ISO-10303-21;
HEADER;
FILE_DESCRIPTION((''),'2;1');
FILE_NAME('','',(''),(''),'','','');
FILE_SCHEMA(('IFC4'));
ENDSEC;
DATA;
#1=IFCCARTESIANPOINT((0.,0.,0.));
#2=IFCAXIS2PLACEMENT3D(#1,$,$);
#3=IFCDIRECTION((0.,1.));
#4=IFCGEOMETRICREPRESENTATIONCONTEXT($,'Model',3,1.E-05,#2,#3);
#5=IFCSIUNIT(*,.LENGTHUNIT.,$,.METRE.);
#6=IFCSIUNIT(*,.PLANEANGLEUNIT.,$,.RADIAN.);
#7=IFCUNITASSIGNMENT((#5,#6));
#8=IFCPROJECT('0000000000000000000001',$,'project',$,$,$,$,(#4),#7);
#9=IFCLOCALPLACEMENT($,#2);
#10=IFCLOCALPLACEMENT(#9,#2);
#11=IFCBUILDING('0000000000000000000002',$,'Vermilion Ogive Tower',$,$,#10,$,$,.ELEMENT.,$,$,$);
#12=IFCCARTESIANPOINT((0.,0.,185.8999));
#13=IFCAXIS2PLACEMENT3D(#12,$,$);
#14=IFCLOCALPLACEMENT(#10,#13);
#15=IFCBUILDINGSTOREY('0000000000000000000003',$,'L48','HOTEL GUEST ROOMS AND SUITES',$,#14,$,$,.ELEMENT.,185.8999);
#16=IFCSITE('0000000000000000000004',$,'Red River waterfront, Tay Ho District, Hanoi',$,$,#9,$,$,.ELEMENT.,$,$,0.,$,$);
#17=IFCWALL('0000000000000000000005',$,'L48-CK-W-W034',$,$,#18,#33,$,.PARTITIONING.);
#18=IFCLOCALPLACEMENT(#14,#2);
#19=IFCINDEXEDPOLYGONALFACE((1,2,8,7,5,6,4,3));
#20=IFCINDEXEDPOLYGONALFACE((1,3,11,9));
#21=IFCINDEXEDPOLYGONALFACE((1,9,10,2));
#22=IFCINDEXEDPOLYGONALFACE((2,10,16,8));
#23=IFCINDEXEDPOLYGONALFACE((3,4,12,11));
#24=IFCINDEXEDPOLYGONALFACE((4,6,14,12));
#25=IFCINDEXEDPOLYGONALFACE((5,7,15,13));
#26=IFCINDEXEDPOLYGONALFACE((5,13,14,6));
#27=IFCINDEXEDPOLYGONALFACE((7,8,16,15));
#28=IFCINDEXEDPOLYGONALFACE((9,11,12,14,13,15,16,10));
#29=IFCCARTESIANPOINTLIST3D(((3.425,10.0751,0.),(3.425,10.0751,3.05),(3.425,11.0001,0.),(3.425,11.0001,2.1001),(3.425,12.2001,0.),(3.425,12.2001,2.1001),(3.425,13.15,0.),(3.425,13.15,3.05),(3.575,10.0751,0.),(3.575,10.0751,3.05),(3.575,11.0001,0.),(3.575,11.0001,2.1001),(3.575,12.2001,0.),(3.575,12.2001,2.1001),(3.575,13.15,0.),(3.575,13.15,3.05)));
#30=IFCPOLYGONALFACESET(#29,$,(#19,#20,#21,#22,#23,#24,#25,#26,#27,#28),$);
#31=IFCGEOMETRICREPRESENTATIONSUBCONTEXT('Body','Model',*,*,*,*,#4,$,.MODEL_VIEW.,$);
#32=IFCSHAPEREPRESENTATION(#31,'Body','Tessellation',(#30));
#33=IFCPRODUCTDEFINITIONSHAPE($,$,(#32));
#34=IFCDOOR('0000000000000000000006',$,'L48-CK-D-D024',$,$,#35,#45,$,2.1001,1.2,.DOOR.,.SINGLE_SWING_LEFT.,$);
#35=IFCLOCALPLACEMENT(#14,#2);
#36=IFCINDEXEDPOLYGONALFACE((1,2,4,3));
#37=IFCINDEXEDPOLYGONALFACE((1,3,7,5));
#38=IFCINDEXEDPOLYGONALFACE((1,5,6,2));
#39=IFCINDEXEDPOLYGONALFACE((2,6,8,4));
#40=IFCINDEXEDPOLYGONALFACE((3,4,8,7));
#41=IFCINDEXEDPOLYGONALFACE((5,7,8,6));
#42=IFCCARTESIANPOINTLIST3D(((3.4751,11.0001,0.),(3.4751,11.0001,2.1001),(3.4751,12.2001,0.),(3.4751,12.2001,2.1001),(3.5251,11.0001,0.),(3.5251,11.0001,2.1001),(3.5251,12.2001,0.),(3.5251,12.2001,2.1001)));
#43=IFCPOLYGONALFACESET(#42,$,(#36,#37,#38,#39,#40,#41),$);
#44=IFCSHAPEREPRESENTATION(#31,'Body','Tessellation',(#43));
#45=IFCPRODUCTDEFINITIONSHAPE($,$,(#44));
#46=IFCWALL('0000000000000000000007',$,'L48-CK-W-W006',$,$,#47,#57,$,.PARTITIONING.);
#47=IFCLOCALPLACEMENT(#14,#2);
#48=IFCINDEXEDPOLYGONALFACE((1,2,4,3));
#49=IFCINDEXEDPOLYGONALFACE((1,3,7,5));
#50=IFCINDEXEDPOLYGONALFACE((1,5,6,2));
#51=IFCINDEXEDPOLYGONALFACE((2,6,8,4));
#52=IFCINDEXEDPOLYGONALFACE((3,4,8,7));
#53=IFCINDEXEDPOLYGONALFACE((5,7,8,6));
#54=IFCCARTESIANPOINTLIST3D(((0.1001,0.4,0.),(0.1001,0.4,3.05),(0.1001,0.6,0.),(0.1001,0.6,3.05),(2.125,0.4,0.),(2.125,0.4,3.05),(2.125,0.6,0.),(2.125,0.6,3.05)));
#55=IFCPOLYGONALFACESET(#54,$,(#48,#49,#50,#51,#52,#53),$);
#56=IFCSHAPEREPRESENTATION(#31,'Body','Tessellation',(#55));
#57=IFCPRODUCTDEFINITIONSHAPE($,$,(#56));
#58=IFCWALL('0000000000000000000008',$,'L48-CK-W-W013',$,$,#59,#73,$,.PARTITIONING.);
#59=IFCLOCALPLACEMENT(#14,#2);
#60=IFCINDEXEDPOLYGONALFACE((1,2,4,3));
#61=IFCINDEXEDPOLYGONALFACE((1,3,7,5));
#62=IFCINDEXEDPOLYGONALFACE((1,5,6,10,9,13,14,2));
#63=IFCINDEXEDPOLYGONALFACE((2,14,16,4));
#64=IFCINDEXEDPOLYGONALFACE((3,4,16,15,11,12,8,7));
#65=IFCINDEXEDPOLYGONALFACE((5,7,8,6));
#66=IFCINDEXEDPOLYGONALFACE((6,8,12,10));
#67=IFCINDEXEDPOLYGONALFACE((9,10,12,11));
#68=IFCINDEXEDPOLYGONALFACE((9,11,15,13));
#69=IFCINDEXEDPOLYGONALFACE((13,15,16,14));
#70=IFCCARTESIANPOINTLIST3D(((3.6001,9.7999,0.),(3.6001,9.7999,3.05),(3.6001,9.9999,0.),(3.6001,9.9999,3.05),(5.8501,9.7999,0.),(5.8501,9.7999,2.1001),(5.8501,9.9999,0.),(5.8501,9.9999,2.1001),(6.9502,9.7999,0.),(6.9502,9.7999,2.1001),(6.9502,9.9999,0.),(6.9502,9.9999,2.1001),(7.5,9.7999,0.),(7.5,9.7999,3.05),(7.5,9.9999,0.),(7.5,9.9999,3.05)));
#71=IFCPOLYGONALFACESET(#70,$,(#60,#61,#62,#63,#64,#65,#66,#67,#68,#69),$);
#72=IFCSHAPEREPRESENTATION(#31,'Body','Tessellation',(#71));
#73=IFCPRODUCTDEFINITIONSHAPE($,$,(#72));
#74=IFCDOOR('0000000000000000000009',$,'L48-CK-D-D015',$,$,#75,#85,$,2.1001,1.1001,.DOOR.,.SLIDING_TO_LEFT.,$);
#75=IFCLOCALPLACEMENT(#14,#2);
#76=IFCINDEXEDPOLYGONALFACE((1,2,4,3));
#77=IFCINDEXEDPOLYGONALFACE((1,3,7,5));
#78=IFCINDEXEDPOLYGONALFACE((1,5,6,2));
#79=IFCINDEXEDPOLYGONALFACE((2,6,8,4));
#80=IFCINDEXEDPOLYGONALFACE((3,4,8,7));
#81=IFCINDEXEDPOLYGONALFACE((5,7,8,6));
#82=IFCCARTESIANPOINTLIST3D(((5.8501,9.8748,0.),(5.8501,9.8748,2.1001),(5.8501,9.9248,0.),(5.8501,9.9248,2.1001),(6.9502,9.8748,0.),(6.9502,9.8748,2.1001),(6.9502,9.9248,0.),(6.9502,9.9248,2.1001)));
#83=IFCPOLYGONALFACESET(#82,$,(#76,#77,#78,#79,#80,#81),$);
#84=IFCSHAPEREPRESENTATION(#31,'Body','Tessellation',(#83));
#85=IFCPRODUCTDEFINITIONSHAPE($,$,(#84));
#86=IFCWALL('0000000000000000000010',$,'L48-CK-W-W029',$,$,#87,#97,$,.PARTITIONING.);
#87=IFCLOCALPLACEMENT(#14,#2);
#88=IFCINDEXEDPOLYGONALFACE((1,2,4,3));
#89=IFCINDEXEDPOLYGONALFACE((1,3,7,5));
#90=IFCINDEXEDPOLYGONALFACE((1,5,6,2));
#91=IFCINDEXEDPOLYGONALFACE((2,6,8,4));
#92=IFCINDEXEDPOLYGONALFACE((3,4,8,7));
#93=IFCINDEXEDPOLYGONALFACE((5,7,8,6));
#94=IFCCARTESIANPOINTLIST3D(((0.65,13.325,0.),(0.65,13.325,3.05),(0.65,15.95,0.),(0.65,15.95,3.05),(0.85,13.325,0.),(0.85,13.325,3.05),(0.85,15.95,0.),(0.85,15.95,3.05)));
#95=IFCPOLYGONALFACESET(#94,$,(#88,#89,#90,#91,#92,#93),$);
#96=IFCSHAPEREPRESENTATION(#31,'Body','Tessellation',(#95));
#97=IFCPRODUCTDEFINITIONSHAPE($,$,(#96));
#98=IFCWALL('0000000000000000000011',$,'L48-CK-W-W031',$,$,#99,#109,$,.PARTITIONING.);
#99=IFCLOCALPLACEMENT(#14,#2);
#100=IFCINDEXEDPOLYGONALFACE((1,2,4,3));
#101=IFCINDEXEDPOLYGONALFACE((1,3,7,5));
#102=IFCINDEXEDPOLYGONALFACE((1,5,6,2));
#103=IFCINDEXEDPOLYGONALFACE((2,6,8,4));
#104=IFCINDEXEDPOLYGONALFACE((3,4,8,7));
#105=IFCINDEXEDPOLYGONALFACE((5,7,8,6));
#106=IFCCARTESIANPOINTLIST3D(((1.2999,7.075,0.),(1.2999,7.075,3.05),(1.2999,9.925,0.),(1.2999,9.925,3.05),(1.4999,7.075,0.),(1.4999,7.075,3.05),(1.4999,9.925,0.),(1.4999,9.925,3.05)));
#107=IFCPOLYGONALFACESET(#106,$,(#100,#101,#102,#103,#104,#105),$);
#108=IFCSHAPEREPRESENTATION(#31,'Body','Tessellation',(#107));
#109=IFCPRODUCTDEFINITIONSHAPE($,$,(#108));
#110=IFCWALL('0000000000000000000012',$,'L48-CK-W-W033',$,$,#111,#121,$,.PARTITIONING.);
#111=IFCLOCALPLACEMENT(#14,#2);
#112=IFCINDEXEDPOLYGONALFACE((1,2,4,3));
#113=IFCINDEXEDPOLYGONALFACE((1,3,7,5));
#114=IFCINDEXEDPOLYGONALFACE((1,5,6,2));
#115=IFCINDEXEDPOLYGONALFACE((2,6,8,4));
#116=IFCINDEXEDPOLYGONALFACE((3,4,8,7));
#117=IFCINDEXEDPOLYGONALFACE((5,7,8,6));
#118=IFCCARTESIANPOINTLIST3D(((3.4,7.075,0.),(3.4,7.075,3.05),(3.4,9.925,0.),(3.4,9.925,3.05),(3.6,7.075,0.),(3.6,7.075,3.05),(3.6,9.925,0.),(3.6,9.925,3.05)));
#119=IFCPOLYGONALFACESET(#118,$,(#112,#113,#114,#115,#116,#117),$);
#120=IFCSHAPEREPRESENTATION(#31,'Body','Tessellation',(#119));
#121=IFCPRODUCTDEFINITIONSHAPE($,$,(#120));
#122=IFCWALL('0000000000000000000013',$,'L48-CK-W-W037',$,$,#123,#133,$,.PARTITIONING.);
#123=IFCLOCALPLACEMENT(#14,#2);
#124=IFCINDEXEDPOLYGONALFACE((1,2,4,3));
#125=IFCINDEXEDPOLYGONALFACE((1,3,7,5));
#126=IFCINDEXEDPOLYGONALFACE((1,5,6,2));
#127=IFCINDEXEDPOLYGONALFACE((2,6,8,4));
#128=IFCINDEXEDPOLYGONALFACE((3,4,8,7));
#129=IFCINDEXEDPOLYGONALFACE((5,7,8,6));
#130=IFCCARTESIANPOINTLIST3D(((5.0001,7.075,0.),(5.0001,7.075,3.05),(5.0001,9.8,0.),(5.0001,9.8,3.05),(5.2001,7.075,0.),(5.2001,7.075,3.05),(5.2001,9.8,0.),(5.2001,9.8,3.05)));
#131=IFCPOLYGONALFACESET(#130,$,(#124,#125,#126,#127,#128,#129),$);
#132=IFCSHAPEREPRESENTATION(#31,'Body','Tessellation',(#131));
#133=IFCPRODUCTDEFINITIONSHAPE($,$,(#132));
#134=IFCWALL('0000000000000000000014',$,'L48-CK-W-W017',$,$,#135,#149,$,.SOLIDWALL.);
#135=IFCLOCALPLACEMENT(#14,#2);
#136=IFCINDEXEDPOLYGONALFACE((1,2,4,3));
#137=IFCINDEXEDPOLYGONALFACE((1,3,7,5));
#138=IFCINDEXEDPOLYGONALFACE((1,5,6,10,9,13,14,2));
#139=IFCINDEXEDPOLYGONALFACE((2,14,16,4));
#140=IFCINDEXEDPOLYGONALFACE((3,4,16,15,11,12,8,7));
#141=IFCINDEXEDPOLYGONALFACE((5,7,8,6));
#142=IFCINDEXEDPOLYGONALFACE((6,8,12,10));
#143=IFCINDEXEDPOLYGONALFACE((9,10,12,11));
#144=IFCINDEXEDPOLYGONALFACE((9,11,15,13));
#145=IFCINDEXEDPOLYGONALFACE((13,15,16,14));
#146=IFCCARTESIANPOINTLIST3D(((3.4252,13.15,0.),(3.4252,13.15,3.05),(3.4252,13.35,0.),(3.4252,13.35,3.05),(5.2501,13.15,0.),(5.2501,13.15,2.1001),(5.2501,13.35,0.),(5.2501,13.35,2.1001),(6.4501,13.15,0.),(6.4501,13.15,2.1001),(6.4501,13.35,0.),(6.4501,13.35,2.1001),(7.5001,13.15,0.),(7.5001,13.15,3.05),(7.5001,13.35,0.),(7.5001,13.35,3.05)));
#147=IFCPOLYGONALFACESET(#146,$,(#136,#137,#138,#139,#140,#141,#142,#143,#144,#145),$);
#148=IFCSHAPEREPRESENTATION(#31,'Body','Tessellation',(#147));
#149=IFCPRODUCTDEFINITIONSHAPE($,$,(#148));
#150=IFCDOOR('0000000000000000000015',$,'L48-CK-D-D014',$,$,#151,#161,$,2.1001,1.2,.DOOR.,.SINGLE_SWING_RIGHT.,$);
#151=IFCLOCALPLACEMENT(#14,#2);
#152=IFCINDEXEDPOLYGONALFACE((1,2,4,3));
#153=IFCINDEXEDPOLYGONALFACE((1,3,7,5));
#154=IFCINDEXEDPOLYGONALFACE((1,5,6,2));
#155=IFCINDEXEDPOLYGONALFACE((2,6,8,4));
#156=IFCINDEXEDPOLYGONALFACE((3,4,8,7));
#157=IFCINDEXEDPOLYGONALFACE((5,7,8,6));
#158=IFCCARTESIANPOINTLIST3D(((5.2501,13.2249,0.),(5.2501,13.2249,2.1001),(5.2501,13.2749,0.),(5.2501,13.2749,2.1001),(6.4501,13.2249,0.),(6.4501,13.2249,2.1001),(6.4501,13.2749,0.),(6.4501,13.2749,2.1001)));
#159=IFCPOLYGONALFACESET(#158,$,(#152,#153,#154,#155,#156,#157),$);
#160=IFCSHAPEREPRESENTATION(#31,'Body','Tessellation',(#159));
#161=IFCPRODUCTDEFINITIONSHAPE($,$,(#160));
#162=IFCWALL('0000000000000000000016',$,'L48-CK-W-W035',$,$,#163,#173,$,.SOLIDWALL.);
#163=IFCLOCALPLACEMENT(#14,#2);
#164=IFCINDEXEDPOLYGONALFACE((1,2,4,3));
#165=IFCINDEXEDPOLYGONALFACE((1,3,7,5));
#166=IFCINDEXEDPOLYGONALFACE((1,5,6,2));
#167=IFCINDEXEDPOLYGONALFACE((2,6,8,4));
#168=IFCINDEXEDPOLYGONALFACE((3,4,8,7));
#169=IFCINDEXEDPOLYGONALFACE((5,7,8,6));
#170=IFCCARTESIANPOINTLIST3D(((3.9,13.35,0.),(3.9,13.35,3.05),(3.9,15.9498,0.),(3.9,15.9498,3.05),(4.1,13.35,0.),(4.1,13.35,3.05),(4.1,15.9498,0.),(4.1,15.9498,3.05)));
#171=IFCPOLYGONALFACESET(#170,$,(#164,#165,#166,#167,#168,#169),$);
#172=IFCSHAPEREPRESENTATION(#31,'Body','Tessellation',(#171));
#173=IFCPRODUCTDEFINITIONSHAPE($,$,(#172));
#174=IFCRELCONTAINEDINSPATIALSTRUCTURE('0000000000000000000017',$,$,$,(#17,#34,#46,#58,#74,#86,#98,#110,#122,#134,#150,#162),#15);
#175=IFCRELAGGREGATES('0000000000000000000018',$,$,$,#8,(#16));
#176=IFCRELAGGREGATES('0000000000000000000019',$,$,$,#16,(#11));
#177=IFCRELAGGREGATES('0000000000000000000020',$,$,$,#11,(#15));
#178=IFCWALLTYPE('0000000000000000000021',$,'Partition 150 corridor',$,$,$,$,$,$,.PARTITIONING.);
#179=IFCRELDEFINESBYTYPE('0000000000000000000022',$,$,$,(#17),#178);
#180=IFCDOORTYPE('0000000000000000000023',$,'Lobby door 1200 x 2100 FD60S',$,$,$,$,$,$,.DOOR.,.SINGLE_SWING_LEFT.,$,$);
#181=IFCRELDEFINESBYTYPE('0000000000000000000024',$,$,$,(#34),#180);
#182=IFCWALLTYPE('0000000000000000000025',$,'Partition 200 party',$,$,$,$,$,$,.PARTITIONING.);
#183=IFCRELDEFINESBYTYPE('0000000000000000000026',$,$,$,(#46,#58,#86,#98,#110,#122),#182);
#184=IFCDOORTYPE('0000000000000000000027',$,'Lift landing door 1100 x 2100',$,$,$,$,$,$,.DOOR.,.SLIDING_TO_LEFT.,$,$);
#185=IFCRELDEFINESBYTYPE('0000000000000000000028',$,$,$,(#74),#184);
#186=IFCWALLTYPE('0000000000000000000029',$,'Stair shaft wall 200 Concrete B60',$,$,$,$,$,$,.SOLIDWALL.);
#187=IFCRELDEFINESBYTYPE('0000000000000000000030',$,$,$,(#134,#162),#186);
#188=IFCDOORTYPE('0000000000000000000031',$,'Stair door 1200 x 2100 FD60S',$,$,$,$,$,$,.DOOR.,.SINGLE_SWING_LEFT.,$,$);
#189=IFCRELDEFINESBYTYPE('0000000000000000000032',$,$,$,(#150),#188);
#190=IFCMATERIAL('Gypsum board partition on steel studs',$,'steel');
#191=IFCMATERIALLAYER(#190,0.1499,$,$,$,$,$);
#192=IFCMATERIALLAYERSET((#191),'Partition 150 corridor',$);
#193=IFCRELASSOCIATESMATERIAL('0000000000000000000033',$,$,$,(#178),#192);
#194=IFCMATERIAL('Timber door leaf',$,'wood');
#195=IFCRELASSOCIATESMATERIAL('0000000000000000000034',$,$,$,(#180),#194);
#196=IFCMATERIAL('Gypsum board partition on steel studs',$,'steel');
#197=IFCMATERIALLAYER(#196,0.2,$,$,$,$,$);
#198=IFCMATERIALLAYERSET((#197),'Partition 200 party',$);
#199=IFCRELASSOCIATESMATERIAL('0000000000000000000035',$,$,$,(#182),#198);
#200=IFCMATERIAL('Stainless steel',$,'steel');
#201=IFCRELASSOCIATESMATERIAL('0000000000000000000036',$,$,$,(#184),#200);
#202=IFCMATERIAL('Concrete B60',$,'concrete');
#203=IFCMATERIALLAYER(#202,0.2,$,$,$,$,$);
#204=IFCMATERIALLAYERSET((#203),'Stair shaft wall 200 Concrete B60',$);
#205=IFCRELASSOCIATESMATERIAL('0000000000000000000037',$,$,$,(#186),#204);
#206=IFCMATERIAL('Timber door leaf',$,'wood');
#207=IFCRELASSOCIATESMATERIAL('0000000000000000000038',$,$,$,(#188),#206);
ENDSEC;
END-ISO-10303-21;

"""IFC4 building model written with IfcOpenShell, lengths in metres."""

from ifc_helpers import new_model, si_unit, direction, frame, frame_2d, origin, place, context, subcontext, project, spatial, rectangle, extrude, material, layer, layer_set, type_object, element, fill, save


model = new_model("IFC4")

# Units and contexts
model_context = context("Model", 3, precision=1e-05, world=origin(), true_north=direction((0.0, 1.0)))
body_context = subcontext(model_context, "Body", "Model", "MODEL_VIEW")
ifc_project = project(units=[si_unit("LENGTHUNIT", "METRE"), si_unit("PLANEANGLEUNIT", "RADIAN")], contexts=[model_context])

# Site, building, storey
site_placement = place(None, origin())
site = spatial("IfcSite", under=ifc_project, at=site_placement, Name="Red River waterfront, Tay Ho District, Hanoi", CompositionType="ELEMENT", RefElevation=0.0)
building_placement = place(site_placement, origin())
building = spatial("IfcBuilding", under=site, at=building_placement, Name="Vermilion Ogive Tower", CompositionType="ELEMENT")
storey_placement = place(building_placement, frame((0.0, 0.0, 185.8999)))
storey = spatial("IfcBuildingStorey", under=building, at=storey_placement, Name="L48", Description="HOTEL GUEST ROOMS AND SUITES", CompositionType="ELEMENT", Elevation=185.8999)

# Shared definitions
ifc_material_1 = material(Name="Gypsum board partition on steel studs", Category="steel")
ifc_layer_1 = layer(ifc_material_1, 0.1499)
ifc_layer_set_1 = layer_set([ifc_layer_1], Name="Partition 150 corridor")
wall_type_1 = type_object("IfcWallType", Name="Partition 150 corridor", PredefinedType="PARTITIONING", material=ifc_layer_set_1)

# Wall, opening, door
wall_1_placement = place(storey_placement, frame((3.5, 10.075, 0.0), z_axis=(0.0, 0.0, 1.0), x_axis=(0.0, 1.0, 0.0)))
wall_1 = element("IfcWall", 1, at=wall_1_placement, inside=storey, type_object=wall_type_1, Name="L48-CK-W-W034", PredefinedType="PARTITIONING", context=body_context, shape_type="SweptSolid", body=[
    extrude(rectangle(XDim=3.075, YDim=0.1499, at=frame_2d((1.5376, 0.0))), origin(), (0.0, 0.0, 1.0), 3.05),
])
opening_1_placement = place(wall_1_placement, frame((0.925, 0.0, 0.0)))
opening_1 = element("IfcOpeningElement", 2, at=opening_1_placement, cuts=wall_1, PredefinedType="OPENING", context=body_context, shape_type="SweptSolid", body=[
    extrude(rectangle(XDim=1.2, YDim=2.1001, at=frame_2d((0.6001, 1.05))), frame((0.0, 0.085, 0.0), z_axis=(0.0, -1.0, 0.0), x_axis=(1.0, 0.0, 0.0)), (0.0, 0.0, 1.0), 0.1699),
])
ifc_material_2 = material(Name="Timber door leaf", Category="wood")
door_type_1 = type_object("IfcDoorType", Name="Lobby door 1200 x 2100 FD60S", OperationType="SINGLE_SWING_LEFT", PredefinedType="DOOR", material=ifc_material_2)
door_1_placement = place(opening_1_placement, origin())
door_1 = element("IfcDoor", 3, at=door_1_placement, inside=storey, type_object=door_type_1, Name="L48-CK-D-D024", OperationType="SINGLE_SWING_LEFT", OverallHeight=2.1001, OverallWidth=1.2, PredefinedType="DOOR", context=body_context, shape_type="SweptSolid", body=[
    extrude(rectangle(XDim=1.2, YDim=2.1001, at=frame_2d((0.6001, 1.05))), frame((0.0, 0.0249, 0.0), z_axis=(0.0, -1.0, 0.0), x_axis=(1.0, 0.0, 0.0)), (0.0, 0.0, 1.0), 0.05),
])
fill(opening_1, door_1)

# Wall
ifc_material_3 = material(Name="Gypsum board partition on steel studs", Category="steel")
ifc_layer_2 = layer(ifc_material_3, 0.2)
ifc_layer_set_2 = layer_set([ifc_layer_2], Name="Partition 200 party")
wall_type_2 = type_object("IfcWallType", Name="Partition 200 party", PredefinedType="PARTITIONING", material=ifc_layer_set_2)
wall_2_placement = place(storey_placement, frame((0.1001, 0.5, 0.0), z_axis=(0.0, 0.0, 1.0), x_axis=(1.0, 0.0, 0.0)))
element("IfcWall", 4, at=wall_2_placement, inside=storey, type_object=wall_type_2, Name="L48-CK-W-W006", PredefinedType="PARTITIONING", context=body_context, shape_type="SweptSolid", body=[
    extrude(rectangle(XDim=2.0249, YDim=0.2, at=frame_2d((1.0125, 0.0))), origin(), (0.0, 0.0, 1.0), 3.05),
])

# Wall, opening, door
wall_3_placement = place(storey_placement, frame((3.6001, 9.8999, 0.0), z_axis=(0.0, 0.0, 1.0), x_axis=(1.0, 0.0, 0.0)))
wall_3 = element("IfcWall", 5, at=wall_3_placement, inside=storey, type_object=wall_type_2, Name="L48-CK-W-W013", PredefinedType="PARTITIONING", context=body_context, shape_type="SweptSolid", body=[
    extrude(rectangle(XDim=3.8999, YDim=0.2, at=frame_2d((1.95, 0.0))), origin(), (0.0, 0.0, 1.0), 3.05),
])
opening_2_placement = place(wall_3_placement, frame((2.25, 0.0, 0.0)))
opening_2 = element("IfcOpeningElement", 6, at=opening_2_placement, cuts=wall_3, PredefinedType="OPENING", context=body_context, shape_type="SweptSolid", body=[
    extrude(rectangle(XDim=1.1001, YDim=2.1001, at=frame_2d((0.55, 1.05))), frame((0.0, 0.1099, 0.0), z_axis=(0.0, -1.0, 0.0), x_axis=(1.0, 0.0, 0.0)), (0.0, 0.0, 1.0), 0.22),
])
ifc_material_4 = material(Name="Stainless steel", Category="steel")
door_type_2 = type_object("IfcDoorType", Name="Lift landing door 1100 x 2100", OperationType="SLIDING_TO_LEFT", PredefinedType="DOOR", material=ifc_material_4)
door_2_placement = place(opening_2_placement, origin())
door_2 = element("IfcDoor", 7, at=door_2_placement, inside=storey, type_object=door_type_2, Name="L48-CK-D-D015", OperationType="SLIDING_TO_LEFT", OverallHeight=2.1001, OverallWidth=1.1001, PredefinedType="DOOR", context=body_context, shape_type="SweptSolid", body=[
    extrude(rectangle(XDim=1.1001, YDim=2.1001, at=frame_2d((0.55, 1.05))), frame((0.0, 0.0249, 0.0), z_axis=(0.0, -1.0, 0.0), x_axis=(1.0, 0.0, 0.0)), (0.0, 0.0, 1.0), 0.05),
])
fill(opening_2, door_2)

# Walls
wall_4_placement = place(storey_placement, frame((0.75, 13.325, 0.0), z_axis=(0.0, 0.0, 1.0), x_axis=(0.0, 1.0, 0.0)))
element("IfcWall", 8, at=wall_4_placement, inside=storey, type_object=wall_type_2, Name="L48-CK-W-W029", PredefinedType="PARTITIONING", context=body_context, shape_type="SweptSolid", body=[
    extrude(rectangle(XDim=2.625, YDim=0.2, at=frame_2d((1.3125, 0.0))), origin(), (0.0, 0.0, 1.0), 3.05),
])
for number, where, z_axis, x_axis, name in (
    (9, (1.3999, 7.075, 0.0), (0.0, 0.0, 1.0), (0.0, 1.0, 0.0), "L48-CK-W-W031"),
    (10, (3.5, 7.075, 0.0), (0.0, 0.0, 1.0), (0.0, 1.0, 0.0), "L48-CK-W-W033"),
):
    element("IfcWall", number, at=place(storey_placement, frame(where, z_axis=z_axis, x_axis=x_axis)), inside=storey, type_object=wall_type_2, Name=name, PredefinedType="PARTITIONING", context=body_context, shape_type="SweptSolid", body=[
        extrude(rectangle(XDim=2.8501, YDim=0.2, at=frame_2d((1.425, 0.0))), origin(), (0.0, 0.0, 1.0), 3.05),
    ])
wall_5_placement = place(storey_placement, frame((5.1001, 7.075, 0.0), z_axis=(0.0, 0.0, 1.0), x_axis=(0.0, 1.0, 0.0)))
element("IfcWall", 11, at=wall_5_placement, inside=storey, type_object=wall_type_2, Name="L48-CK-W-W037", PredefinedType="PARTITIONING", context=body_context, shape_type="SweptSolid", body=[
    extrude(rectangle(XDim=2.7251, YDim=0.2, at=frame_2d((1.3625, 0.0))), origin(), (0.0, 0.0, 1.0), 3.05),
])

# Wall, opening, door
ifc_material_5 = material(Name="Concrete B60", Category="concrete")
ifc_layer_3 = layer(ifc_material_5, 0.2)
ifc_layer_set_3 = layer_set([ifc_layer_3], Name="Stair shaft wall 200 Concrete B60")
wall_type_3 = type_object("IfcWallType", Name="Stair shaft wall 200 Concrete B60", PredefinedType="SOLIDWALL", material=ifc_layer_set_3)
wall_6_placement = place(storey_placement, frame((3.425, 13.25, 0.0), z_axis=(0.0, 0.0, 1.0), x_axis=(1.0, 0.0, 0.0)))
wall_6 = element("IfcWall", 12, at=wall_6_placement, inside=storey, type_object=wall_type_3, Name="L48-CK-W-W017", PredefinedType="SOLIDWALL", context=body_context, shape_type="SweptSolid", body=[
    extrude(rectangle(XDim=4.075, YDim=0.2, at=frame_2d((2.0376, 0.0))), origin(), (0.0, 0.0, 1.0), 3.05),
])
opening_3_placement = place(wall_6_placement, frame((1.825, 0.0, 0.0)))
opening_3 = element("IfcOpeningElement", 13, at=opening_3_placement, cuts=wall_6, PredefinedType="OPENING", context=body_context, shape_type="SweptSolid", body=[
    extrude(rectangle(XDim=1.2, YDim=2.1001, at=frame_2d((0.6001, 1.05))), frame((0.0, 0.1099, 0.0), z_axis=(0.0, -1.0, 0.0), x_axis=(1.0, 0.0, 0.0)), (0.0, 0.0, 1.0), 0.22),
])
ifc_material_6 = material(Name="Timber door leaf", Category="wood")
door_type_3 = type_object("IfcDoorType", Name="Stair door 1200 x 2100 FD60S", OperationType="SINGLE_SWING_LEFT", PredefinedType="DOOR", material=ifc_material_6)
door_3_placement = place(opening_3_placement, origin())
door_3 = element("IfcDoor", 14, at=door_3_placement, inside=storey, type_object=door_type_3, Name="L48-CK-D-D014", OperationType="SINGLE_SWING_RIGHT", OverallHeight=2.1001, OverallWidth=1.2, PredefinedType="DOOR", context=body_context, shape_type="SweptSolid", body=[
    extrude(rectangle(XDim=1.2, YDim=2.1001, at=frame_2d((0.6001, 1.05))), frame((0.0, 0.0249, 0.0), z_axis=(0.0, -1.0, 0.0), x_axis=(1.0, 0.0, 0.0)), (0.0, 0.0, 1.0), 0.05),
])
fill(opening_3, door_3)

# Wall
wall_7_placement = place(storey_placement, frame((4.0, 13.3501, 0.0), z_axis=(0.0, 0.0, 1.0), x_axis=(0.0, 1.0, 0.0)))
element("IfcWall", 15, at=wall_7_placement, inside=storey, type_object=wall_type_3, Name="L48-CK-W-W035", PredefinedType="SOLIDWALL", context=body_context, shape_type="SweptSolid", body=[
    extrude(rectangle(XDim=2.5999, YDim=0.2, at=frame_2d((1.2998, 0.0))), origin(), (0.0, 0.0, 1.0), 3.05),
])

save(model, "model.ifc")
